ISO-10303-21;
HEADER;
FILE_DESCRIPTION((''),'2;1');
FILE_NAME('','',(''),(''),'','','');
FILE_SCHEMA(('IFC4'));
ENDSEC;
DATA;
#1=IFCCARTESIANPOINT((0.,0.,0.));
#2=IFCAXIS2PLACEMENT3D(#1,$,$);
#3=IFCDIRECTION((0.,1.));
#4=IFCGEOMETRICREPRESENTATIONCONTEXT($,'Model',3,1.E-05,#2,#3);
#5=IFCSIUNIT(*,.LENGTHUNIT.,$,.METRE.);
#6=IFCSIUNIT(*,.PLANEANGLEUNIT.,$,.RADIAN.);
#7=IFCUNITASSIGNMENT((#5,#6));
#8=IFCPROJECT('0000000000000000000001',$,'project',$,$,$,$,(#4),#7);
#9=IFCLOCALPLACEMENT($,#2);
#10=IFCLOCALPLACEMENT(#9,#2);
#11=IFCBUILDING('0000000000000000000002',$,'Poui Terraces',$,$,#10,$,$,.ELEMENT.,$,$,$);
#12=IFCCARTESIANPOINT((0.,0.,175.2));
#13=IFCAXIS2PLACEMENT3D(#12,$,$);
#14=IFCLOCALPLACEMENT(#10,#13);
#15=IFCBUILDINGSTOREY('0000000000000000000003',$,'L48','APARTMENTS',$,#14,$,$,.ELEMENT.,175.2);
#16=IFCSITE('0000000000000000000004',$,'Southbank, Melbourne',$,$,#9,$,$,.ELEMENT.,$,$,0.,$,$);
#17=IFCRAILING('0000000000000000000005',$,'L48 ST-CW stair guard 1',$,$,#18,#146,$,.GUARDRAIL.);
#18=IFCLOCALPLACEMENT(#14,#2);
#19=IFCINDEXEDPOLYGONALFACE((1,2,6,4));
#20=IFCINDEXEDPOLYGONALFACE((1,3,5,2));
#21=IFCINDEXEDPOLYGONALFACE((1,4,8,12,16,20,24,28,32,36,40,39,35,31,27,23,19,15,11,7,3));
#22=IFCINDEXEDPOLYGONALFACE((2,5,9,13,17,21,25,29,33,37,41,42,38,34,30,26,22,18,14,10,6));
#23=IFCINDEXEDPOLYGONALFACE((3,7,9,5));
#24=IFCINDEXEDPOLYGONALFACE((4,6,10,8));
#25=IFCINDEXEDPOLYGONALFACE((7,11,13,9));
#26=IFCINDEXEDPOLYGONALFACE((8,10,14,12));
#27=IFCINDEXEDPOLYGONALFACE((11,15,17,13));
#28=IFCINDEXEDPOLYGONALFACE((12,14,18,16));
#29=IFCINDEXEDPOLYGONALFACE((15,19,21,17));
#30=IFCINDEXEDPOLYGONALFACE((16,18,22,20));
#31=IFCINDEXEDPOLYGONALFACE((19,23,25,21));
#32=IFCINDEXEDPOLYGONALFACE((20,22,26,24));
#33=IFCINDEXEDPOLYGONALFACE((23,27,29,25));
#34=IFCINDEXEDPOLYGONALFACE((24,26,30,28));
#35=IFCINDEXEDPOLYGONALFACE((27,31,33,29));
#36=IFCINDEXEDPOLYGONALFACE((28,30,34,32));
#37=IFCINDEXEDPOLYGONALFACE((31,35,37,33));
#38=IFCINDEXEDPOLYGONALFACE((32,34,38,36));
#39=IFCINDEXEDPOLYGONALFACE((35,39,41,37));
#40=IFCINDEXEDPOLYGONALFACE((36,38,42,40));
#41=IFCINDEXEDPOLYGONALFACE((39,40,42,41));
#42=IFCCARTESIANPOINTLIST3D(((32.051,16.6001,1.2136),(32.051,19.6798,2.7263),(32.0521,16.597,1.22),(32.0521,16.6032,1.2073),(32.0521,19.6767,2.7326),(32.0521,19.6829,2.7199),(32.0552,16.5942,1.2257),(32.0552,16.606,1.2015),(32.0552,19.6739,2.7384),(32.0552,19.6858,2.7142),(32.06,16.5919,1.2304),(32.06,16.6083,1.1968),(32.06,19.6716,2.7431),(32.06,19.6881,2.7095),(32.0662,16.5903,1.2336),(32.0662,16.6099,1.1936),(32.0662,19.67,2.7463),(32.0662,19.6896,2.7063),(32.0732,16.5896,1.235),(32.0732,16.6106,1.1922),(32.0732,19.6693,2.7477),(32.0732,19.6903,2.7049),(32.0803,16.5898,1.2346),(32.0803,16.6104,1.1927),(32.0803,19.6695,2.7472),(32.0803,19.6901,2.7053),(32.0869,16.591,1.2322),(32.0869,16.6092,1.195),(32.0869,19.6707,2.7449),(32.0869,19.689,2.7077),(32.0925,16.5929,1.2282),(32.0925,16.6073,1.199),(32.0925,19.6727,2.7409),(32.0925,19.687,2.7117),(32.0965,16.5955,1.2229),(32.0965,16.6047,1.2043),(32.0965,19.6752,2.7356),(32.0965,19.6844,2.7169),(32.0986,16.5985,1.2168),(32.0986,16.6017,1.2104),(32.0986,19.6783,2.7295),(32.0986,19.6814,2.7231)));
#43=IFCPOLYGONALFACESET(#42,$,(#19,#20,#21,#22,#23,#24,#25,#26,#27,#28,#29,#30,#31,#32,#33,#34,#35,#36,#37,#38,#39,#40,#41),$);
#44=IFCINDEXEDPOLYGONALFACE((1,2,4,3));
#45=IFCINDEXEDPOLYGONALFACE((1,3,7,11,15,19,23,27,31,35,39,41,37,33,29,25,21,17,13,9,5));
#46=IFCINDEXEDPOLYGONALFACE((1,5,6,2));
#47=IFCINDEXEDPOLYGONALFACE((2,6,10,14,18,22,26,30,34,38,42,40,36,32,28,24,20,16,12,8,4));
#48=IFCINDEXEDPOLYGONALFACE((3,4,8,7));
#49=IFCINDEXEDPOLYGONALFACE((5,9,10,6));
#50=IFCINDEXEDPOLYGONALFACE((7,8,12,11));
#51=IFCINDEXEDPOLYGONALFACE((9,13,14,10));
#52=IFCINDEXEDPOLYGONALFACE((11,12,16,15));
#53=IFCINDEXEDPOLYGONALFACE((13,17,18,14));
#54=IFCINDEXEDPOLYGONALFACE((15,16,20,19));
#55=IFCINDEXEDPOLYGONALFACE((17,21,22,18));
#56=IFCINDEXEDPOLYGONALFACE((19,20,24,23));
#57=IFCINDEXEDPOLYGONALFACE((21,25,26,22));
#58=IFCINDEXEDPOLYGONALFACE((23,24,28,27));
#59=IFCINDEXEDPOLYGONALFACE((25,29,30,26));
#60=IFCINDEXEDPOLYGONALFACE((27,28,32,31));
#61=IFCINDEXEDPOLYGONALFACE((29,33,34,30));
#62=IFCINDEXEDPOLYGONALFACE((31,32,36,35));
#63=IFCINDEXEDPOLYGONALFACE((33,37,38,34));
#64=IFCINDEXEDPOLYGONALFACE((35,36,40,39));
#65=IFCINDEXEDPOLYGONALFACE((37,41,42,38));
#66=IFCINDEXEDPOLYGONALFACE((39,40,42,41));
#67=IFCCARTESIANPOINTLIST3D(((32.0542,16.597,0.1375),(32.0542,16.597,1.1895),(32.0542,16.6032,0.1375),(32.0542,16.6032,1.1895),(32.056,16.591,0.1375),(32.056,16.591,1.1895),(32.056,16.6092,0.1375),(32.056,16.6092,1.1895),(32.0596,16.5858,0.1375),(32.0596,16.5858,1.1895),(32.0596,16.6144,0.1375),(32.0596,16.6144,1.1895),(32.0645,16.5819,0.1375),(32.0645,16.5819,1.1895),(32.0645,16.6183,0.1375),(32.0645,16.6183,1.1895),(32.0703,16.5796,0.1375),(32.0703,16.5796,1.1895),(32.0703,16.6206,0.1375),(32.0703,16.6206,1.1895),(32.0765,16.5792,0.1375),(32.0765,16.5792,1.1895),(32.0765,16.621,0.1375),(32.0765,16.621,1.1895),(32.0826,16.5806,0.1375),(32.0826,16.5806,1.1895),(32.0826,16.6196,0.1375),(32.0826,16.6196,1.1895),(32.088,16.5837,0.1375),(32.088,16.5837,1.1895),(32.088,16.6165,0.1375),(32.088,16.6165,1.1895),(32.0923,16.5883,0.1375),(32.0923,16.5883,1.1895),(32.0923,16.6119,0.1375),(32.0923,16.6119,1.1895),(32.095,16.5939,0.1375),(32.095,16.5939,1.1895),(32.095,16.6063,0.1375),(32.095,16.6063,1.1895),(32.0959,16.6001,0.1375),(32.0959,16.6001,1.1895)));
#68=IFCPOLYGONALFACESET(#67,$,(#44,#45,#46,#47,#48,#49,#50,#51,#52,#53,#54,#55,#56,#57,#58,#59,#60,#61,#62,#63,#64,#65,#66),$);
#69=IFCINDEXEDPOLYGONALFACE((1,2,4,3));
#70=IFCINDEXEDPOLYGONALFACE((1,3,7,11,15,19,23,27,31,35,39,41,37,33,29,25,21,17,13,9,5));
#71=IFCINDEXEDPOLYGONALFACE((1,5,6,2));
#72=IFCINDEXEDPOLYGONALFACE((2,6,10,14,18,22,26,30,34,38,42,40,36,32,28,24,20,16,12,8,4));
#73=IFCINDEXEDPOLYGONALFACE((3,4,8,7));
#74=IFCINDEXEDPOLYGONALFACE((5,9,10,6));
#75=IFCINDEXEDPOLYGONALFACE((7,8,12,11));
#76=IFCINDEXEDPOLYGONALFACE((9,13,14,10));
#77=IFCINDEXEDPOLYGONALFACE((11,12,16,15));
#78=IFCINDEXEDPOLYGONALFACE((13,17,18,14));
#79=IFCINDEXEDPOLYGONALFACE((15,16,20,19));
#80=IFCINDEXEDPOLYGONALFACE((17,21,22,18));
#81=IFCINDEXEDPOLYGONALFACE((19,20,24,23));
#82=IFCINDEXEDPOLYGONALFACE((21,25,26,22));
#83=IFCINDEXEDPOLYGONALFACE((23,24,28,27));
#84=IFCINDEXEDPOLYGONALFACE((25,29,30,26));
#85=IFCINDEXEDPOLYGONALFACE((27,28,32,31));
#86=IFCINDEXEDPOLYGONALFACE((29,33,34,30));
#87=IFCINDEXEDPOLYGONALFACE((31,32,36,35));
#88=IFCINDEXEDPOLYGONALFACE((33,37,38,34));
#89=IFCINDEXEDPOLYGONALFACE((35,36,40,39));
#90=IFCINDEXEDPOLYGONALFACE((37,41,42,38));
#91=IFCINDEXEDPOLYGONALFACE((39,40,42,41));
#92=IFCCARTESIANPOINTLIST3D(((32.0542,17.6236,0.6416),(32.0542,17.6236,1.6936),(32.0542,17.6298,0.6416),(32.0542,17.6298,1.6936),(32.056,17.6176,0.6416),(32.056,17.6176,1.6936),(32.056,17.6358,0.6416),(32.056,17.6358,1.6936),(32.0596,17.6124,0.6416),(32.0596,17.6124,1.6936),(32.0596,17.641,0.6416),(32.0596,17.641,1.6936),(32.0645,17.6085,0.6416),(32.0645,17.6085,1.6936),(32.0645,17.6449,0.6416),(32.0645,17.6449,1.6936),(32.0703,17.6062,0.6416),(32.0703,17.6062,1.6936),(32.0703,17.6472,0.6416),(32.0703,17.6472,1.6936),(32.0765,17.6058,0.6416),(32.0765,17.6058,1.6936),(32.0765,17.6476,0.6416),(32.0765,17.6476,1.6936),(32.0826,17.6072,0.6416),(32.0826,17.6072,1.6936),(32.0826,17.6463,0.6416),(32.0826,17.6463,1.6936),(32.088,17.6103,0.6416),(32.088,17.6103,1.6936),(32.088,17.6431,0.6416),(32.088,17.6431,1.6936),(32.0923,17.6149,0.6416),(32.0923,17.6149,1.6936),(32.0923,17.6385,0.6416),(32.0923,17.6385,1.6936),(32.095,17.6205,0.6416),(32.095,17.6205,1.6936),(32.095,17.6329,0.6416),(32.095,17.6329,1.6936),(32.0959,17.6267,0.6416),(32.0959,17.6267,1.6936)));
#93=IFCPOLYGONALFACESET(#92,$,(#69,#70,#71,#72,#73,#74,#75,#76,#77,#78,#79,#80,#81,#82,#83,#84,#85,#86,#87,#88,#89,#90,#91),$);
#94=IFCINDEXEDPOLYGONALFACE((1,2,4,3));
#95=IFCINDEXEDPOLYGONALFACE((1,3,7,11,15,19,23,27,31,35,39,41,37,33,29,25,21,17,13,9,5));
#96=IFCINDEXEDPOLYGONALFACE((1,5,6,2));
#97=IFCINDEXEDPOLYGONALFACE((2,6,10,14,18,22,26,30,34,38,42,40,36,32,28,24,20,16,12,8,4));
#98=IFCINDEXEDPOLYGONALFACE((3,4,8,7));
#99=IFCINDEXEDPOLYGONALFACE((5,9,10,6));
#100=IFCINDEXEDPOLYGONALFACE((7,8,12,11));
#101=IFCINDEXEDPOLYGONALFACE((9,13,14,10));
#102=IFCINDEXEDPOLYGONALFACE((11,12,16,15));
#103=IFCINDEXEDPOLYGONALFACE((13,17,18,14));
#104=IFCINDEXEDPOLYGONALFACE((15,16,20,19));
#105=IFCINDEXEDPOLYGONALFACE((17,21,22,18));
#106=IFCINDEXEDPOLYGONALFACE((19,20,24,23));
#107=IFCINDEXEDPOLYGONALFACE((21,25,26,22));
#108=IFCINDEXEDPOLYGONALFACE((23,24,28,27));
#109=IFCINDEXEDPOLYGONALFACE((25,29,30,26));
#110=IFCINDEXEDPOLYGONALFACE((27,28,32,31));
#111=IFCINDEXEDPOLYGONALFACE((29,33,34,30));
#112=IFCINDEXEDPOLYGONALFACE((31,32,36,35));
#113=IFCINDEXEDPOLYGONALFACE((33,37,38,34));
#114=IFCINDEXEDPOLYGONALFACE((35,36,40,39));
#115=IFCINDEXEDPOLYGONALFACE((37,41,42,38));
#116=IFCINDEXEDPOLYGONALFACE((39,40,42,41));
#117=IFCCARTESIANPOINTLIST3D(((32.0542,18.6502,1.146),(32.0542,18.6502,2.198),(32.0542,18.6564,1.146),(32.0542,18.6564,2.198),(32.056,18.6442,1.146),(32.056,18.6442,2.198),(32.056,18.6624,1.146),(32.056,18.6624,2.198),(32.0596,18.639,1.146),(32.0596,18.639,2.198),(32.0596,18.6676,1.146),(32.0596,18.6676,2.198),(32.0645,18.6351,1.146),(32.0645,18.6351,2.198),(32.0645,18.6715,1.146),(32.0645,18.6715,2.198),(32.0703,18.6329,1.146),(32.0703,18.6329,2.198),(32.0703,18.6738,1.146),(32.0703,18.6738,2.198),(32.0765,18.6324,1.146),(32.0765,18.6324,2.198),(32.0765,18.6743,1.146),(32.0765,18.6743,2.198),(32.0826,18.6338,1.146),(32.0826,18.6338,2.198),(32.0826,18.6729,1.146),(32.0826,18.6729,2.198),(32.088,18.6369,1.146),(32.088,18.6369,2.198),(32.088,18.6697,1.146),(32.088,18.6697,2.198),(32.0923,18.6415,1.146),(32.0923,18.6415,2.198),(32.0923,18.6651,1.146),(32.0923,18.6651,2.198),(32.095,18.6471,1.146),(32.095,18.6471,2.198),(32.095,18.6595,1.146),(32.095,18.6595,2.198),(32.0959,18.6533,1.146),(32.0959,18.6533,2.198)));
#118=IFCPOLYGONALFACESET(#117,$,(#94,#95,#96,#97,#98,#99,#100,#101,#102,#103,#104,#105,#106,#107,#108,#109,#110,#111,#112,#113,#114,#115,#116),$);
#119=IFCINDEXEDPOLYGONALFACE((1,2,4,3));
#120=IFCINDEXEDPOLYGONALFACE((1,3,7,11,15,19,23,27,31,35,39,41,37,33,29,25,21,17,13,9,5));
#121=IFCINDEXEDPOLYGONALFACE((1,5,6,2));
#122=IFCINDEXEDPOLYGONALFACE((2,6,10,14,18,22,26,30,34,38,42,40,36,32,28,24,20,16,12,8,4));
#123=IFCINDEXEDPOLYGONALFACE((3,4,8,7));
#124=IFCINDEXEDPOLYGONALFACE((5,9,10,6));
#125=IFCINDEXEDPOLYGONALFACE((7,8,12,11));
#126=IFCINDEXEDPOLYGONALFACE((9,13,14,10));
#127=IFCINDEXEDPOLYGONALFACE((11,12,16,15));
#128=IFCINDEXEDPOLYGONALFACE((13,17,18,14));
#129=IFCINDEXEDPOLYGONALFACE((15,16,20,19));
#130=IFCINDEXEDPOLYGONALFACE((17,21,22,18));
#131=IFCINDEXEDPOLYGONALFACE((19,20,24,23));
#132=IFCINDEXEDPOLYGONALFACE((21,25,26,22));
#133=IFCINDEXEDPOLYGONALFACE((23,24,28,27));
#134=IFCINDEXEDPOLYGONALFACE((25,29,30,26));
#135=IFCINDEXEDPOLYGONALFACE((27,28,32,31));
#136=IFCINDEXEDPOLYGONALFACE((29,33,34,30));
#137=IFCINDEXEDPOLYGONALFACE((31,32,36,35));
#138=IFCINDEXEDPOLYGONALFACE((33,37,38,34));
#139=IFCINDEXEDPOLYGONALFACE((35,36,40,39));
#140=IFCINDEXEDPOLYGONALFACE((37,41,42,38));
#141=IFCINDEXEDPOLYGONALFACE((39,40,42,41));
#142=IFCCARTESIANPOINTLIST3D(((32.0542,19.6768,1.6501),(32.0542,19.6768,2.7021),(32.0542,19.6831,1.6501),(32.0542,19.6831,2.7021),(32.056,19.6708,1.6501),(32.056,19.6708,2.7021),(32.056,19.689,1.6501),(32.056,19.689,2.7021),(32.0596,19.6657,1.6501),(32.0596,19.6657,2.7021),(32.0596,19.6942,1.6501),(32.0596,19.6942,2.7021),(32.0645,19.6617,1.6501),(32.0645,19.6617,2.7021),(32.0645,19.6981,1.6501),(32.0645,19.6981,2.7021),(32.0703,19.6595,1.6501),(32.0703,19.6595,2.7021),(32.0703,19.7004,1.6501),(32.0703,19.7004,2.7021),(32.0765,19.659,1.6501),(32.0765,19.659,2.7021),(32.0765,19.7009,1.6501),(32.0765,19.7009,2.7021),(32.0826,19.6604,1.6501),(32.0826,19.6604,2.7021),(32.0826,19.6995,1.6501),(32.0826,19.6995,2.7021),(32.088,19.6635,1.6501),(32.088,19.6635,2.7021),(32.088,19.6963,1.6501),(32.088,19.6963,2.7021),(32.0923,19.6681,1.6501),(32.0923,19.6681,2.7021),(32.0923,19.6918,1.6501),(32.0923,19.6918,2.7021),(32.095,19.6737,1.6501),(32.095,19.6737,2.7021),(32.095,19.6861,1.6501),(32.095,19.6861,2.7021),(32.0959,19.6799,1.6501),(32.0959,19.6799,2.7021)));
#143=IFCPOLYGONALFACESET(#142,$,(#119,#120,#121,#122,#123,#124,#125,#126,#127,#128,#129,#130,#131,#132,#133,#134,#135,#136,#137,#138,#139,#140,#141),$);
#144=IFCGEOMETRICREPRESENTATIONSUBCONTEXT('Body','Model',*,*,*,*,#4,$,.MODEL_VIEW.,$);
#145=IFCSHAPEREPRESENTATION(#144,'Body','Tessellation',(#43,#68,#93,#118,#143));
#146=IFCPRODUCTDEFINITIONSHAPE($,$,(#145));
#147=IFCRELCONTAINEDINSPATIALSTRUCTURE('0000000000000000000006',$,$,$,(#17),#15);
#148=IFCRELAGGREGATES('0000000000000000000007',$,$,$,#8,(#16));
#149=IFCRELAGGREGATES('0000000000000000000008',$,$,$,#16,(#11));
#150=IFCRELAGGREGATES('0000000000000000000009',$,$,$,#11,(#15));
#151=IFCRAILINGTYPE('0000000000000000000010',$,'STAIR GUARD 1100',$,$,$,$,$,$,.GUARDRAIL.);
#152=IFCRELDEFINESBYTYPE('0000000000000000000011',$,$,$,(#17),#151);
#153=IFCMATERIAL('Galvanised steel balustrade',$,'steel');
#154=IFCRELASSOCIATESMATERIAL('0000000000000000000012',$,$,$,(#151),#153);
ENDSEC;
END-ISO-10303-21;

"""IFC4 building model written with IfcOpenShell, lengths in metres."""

from ifc_helpers import new_model, si_unit, direction, frame, origin, origin_2d, place, context, subcontext, project, spatial, circle, extrude, material, type_object, element, save


model = new_model("IFC4")

# Units and contexts
model_context = context("Model", 3, precision=1e-05, world=origin(), true_north=direction((0.0, 1.0)))
body_context = subcontext(model_context, "Body", "Model", "MODEL_VIEW")
ifc_project = project(units=[si_unit("LENGTHUNIT", "METRE"), si_unit("PLANEANGLEUNIT", "RADIAN")], contexts=[model_context])

# Site, building, storey
site_placement = place(None, origin())
site = spatial("IfcSite", under=ifc_project, at=site_placement, Name="Southbank, Melbourne", CompositionType="ELEMENT", RefElevation=0.0)
building_placement = place(site_placement, origin())
building = spatial("IfcBuilding", under=site, at=building_placement, Name="Poui Terraces", CompositionType="ELEMENT")
storey_placement = place(building_placement, frame((0.0, 0.0, 175.2)))
storey = spatial("IfcBuildingStorey", under=building, at=storey_placement, Name="L48", Description="APARTMENTS", CompositionType="ELEMENT", Elevation=175.2)

# Railing
ifc_material_1 = material(Name="Galvanised steel balustrade", Category="steel")
railing_type_1 = type_object("IfcRailingType", Name="STAIR GUARD 1100", PredefinedType="GUARDRAIL", material=ifc_material_1)
railing_1_placement = place(storey_placement, frame((32.075, 16.6001, 0.1375)))
element("IfcRailing", 1, at=railing_1_placement, inside=storey, type_object=railing_type_1, Name="L48 ST-CW stair guard 1", PredefinedType="GUARDRAIL", context=body_context, shape_type="SweptSolid", body=[
    extrude(circle(Radius=0.0239, at=origin_2d()), frame((0.0, 0.0, 1.0762), z_axis=(0.0, 0.897578, 0.440856), x_axis=(-1.0, 0.0, 0.0)), (0.0, 0.0, 1.0), 3.4312),
    extrude(circle(Radius=0.021, at=origin_2d()), origin(), (0.0, 0.0, 1.0), 1.052),
    extrude(circle(Radius=0.021, at=origin_2d()), frame((0.0, 1.0266, 0.5042)), (0.0, 0.0, 1.0), 1.052),
    extrude(circle(Radius=0.021, at=origin_2d()), frame((0.0, 2.0532, 1.0085)), (0.0, 0.0, 1.0), 1.052),
    extrude(circle(Radius=0.021, at=origin_2d()), frame((0.0, 3.0798, 1.5127)), (0.0, 0.0, 1.0), 1.052),
])

save(model, "model.ifc")
